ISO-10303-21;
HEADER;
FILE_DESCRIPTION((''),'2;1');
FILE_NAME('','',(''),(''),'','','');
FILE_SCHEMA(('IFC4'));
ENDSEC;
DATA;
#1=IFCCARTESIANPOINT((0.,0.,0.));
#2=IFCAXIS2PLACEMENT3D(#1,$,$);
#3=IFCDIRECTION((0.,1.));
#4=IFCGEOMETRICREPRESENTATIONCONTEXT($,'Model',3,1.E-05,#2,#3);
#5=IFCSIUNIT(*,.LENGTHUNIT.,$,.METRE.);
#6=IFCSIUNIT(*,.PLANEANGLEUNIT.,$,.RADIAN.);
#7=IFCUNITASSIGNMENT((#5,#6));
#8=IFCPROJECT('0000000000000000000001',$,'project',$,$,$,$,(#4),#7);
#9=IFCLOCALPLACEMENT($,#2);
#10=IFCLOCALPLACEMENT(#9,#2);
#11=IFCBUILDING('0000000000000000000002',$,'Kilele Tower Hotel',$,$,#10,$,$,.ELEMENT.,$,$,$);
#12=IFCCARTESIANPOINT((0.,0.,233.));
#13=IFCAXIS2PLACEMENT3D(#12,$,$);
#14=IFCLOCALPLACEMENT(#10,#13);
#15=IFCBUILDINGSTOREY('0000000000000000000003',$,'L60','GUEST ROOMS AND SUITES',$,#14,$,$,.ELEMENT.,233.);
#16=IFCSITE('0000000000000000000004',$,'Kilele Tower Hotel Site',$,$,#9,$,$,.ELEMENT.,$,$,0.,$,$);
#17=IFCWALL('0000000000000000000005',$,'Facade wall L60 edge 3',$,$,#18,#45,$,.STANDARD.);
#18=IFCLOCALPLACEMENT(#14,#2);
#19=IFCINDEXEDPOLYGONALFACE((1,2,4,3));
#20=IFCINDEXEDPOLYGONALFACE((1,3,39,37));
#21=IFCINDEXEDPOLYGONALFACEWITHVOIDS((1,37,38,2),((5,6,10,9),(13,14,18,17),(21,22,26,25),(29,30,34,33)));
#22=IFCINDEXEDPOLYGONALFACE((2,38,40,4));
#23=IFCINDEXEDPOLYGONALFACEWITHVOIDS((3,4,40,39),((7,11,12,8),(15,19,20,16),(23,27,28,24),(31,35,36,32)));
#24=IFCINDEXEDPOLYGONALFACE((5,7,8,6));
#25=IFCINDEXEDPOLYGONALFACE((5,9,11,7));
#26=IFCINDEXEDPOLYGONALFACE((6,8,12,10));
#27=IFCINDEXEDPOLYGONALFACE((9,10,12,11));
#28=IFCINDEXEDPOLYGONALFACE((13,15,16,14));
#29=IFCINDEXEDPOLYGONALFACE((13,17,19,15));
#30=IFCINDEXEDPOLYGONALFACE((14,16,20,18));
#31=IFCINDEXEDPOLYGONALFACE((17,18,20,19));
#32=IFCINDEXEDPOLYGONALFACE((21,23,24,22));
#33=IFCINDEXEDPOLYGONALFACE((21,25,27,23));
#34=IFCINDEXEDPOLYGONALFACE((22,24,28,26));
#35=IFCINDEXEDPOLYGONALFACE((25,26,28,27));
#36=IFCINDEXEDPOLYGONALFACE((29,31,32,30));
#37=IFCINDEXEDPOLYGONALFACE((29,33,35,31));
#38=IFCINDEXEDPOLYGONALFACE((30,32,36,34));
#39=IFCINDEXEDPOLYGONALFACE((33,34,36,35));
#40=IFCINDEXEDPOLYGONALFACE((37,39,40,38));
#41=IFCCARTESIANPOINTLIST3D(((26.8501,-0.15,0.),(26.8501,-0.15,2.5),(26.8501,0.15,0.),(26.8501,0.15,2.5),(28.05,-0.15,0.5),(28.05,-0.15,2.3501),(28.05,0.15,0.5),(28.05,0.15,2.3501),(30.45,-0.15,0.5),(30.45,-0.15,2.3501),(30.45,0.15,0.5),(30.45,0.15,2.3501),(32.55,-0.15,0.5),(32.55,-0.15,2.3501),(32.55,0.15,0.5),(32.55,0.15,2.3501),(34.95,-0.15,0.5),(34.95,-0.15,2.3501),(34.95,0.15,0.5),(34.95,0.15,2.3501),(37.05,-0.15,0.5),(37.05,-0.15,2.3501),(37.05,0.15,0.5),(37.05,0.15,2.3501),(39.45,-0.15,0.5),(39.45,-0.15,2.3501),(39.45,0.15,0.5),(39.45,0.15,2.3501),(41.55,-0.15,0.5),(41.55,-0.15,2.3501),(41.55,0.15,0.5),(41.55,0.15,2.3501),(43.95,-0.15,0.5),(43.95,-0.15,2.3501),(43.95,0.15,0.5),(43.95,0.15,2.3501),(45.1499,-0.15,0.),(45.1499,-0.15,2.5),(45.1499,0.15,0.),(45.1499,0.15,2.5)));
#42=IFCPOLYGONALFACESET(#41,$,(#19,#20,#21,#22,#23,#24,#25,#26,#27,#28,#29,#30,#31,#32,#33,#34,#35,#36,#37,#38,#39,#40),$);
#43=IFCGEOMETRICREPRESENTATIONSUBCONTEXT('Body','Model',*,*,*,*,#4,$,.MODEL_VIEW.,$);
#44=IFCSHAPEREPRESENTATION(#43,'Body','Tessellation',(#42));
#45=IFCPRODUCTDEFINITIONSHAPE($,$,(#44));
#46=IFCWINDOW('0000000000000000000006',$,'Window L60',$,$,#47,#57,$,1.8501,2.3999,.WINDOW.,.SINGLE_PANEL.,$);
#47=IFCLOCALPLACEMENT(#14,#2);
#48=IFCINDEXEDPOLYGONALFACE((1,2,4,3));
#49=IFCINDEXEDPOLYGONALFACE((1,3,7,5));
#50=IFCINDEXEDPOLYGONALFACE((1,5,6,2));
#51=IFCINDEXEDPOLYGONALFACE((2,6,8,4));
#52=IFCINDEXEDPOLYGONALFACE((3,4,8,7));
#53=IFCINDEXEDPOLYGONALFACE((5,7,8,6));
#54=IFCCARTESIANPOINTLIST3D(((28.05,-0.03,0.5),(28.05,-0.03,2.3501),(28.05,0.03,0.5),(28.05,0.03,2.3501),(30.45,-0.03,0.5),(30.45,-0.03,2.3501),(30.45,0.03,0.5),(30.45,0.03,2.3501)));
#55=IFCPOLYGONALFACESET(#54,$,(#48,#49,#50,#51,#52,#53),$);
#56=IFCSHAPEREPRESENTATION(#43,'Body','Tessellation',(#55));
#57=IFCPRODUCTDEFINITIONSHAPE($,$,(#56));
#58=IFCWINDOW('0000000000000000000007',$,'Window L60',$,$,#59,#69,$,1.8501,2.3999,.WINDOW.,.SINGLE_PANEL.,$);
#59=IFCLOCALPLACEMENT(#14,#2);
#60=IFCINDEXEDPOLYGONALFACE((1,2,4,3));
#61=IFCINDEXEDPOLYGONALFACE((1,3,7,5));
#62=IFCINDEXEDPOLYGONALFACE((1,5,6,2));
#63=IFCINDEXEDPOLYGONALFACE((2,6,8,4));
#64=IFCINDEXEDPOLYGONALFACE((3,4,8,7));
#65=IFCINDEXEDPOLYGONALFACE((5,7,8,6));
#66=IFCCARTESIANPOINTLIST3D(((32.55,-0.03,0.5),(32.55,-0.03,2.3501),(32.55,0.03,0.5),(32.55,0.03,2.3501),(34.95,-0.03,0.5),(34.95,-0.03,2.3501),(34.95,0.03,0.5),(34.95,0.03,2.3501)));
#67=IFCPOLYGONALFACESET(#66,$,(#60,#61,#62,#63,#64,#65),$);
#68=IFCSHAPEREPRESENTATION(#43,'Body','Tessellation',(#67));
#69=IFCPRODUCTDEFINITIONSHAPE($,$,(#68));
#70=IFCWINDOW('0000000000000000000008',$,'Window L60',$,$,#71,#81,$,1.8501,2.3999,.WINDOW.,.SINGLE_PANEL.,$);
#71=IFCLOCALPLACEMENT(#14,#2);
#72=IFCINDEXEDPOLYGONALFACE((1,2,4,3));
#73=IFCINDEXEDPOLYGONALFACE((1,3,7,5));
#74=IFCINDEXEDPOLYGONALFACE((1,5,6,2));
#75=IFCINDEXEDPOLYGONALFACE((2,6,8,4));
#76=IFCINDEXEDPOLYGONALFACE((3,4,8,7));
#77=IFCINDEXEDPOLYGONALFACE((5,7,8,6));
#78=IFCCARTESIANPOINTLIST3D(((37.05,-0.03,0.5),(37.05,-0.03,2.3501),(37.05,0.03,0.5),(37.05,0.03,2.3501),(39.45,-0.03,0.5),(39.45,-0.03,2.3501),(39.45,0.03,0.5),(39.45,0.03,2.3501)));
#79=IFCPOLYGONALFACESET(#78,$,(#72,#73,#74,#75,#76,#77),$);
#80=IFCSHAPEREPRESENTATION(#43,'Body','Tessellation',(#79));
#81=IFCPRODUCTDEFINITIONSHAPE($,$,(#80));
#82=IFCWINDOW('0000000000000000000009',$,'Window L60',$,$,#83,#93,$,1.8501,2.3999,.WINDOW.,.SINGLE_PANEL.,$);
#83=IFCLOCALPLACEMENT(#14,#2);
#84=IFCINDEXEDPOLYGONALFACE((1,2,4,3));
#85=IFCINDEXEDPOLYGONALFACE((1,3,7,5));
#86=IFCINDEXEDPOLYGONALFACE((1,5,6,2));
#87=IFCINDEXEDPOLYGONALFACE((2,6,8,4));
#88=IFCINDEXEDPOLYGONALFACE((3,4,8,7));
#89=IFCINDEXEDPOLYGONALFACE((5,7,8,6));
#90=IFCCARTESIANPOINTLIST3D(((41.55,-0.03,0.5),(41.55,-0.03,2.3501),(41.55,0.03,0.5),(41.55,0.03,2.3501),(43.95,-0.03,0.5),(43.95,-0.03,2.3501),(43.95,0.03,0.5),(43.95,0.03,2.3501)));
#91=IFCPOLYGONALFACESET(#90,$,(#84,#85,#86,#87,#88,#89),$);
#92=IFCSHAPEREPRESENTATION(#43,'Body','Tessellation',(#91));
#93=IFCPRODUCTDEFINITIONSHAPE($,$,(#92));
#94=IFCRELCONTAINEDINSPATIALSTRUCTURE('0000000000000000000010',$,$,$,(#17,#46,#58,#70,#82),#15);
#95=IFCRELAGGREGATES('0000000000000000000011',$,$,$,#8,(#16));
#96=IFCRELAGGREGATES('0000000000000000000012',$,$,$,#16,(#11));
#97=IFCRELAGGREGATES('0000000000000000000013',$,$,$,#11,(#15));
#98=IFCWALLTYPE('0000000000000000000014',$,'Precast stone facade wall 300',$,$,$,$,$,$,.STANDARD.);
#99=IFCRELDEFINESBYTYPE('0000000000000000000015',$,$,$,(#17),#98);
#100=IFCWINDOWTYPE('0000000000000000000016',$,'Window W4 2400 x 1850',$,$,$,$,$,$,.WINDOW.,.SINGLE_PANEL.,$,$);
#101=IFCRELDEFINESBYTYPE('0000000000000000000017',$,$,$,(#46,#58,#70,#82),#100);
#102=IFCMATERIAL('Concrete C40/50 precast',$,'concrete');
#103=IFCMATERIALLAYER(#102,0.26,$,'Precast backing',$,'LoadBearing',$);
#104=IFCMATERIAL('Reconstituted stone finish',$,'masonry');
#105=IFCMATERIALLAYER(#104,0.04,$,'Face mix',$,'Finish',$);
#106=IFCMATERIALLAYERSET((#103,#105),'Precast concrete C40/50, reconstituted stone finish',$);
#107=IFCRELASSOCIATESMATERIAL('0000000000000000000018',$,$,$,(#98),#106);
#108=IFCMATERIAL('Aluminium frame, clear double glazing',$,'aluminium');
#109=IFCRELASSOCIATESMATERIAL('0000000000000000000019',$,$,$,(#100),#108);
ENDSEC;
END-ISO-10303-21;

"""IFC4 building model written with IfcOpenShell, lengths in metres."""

from ifc_helpers import new_model, si_unit, direction, frame, frame_2d, origin, place, context, subcontext, project, spatial, rectangle, extrude, material, layer, layer_set, type_object, element, fill, save


model = new_model("IFC4")

# Units and contexts
model_context = context("Model", 3, precision=1e-05, world=origin(), true_north=direction((0.0, 1.0)))
body_context = subcontext(model_context, "Body", "Model", "MODEL_VIEW")
ifc_project = project(units=[si_unit("LENGTHUNIT", "METRE"), si_unit("PLANEANGLEUNIT", "RADIAN")], contexts=[model_context])

# Site, building, storey
site_placement = place(None, origin())
site = spatial("IfcSite", under=ifc_project, at=site_placement, Name="Kilele Tower Hotel Site", CompositionType="ELEMENT", RefElevation=0.0)
building_placement = place(site_placement, origin())
building = spatial("IfcBuilding", under=site, at=building_placement, Name="Kilele Tower Hotel", CompositionType="ELEMENT")
storey_placement = place(building_placement, frame((0.0, 0.0, 233.0)))
storey = spatial("IfcBuildingStorey", under=building, at=storey_placement, Name="L60", Description="GUEST ROOMS AND SUITES", CompositionType="ELEMENT", Elevation=233.0)

# Wall, openings, windows
ifc_material_1 = material(Name="Concrete C40/50 precast", Category="concrete")
ifc_layer_1 = layer(ifc_material_1, 0.26, Name="Precast backing", Category="LoadBearing")
ifc_material_2 = material(Name="Reconstituted stone finish", Category="masonry")
ifc_layer_2 = layer(ifc_material_2, 0.04, Name="Face mix", Category="Finish")
ifc_layer_set_1 = layer_set([ifc_layer_1, ifc_layer_2], Name="Precast concrete C40/50, reconstituted stone finish")
wall_type_1 = type_object("IfcWallType", Name="Precast stone facade wall 300", PredefinedType="STANDARD", material=ifc_layer_set_1)
wall_1_placement = place(storey_placement, frame((26.8501, 0.0, 0.0), z_axis=(0.0, 0.0, 1.0), x_axis=(1.0, 0.0, 0.0)))
wall_1 = element("IfcWall", 1, at=wall_1_placement, inside=storey, type_object=wall_type_1, Name="Facade wall L60 edge 3", PredefinedType="STANDARD", context=body_context, shape_type="SweptSolid", body=[
    extrude(rectangle(XDim=18.2998, YDim=0.3, at=frame_2d((9.1499, 0.0))), origin(), (0.0, 0.0, 1.0), 2.5),
])
opening_1_placement = place(wall_1_placement, frame((1.2, 0.0, 0.5)))
opening_1 = element("IfcOpeningElement", 2, at=opening_1_placement, cuts=wall_1, PredefinedType="OPENING", context=body_context, shape_type="SweptSolid", body=[
    extrude(rectangle(XDim=2.3999, YDim=1.8501, at=frame_2d((1.2, 0.925))), frame((0.0, 0.1599, 0.0), z_axis=(0.0, -1.0, 0.0), x_axis=(1.0, 0.0, 0.0)), (0.0, 0.0, 1.0), 0.3201),
])
opening_2_placement = place(wall_1_placement, frame((5.7, 0.0, 0.5)))
opening_2 = element("IfcOpeningElement", 3, at=opening_2_placement, cuts=wall_1, PredefinedType="OPENING", context=body_context, shape_type="SweptSolid", body=[
    extrude(rectangle(XDim=2.3999, YDim=1.8501, at=frame_2d((1.2, 0.925))), frame((0.0, 0.1599, 0.0), z_axis=(0.0, -1.0, 0.0), x_axis=(1.0, 0.0, 0.0)), (0.0, 0.0, 1.0), 0.3201),
])
opening_3_placement = place(wall_1_placement, frame((10.2, 0.0, 0.5)))
opening_3 = element("IfcOpeningElement", 4, at=opening_3_placement, cuts=wall_1, PredefinedType="OPENING", context=body_context, shape_type="SweptSolid", body=[
    extrude(rectangle(XDim=2.3999, YDim=1.8501, at=frame_2d((1.2, 0.925))), frame((0.0, 0.1599, 0.0), z_axis=(0.0, -1.0, 0.0), x_axis=(1.0, 0.0, 0.0)), (0.0, 0.0, 1.0), 0.3201),
])
opening_4_placement = place(wall_1_placement, frame((14.7, 0.0, 0.5)))
opening_4 = element("IfcOpeningElement", 5, at=opening_4_placement, cuts=wall_1, PredefinedType="OPENING", context=body_context, shape_type="SweptSolid", body=[
    extrude(rectangle(XDim=2.3999, YDim=1.8501, at=frame_2d((1.2, 0.925))), frame((0.0, 0.1599, 0.0), z_axis=(0.0, -1.0, 0.0), x_axis=(1.0, 0.0, 0.0)), (0.0, 0.0, 1.0), 0.3201),
])
ifc_material_3 = material(Name="Aluminium frame, clear double glazing", Category="aluminium")
window_type = type_object("IfcWindowType", Name="Window W4 2400 x 1850", PartitioningType="SINGLE_PANEL", PredefinedType="WINDOW", material=ifc_material_3)
window_1_placement = place(opening_1_placement, origin())
window_1 = element("IfcWindow", 6, at=window_1_placement, inside=storey, type_object=window_type, Name="Window L60", OverallHeight=1.8501, OverallWidth=2.3999, PartitioningType="SINGLE_PANEL", PredefinedType="WINDOW", context=body_context, shape_type="SweptSolid", body=[
    extrude(rectangle(XDim=2.3999, YDim=1.8501, at=frame_2d((1.2, 0.925))), frame((0.0, 0.03, 0.0), z_axis=(0.0, -1.0, 0.0), x_axis=(1.0, 0.0, 0.0)), (0.0, 0.0, 1.0), 0.0601),
])
fill(opening_1, window_1)
window_2_placement = place(opening_2_placement, origin())
window_2 = element("IfcWindow", 7, at=window_2_placement, inside=storey, type_object=window_type, Name="Window L60", OverallHeight=1.8501, OverallWidth=2.3999, PartitioningType="SINGLE_PANEL", PredefinedType="WINDOW", context=body_context, shape_type="SweptSolid", body=[
    extrude(rectangle(XDim=2.3999, YDim=1.8501, at=frame_2d((1.2, 0.925))), frame((0.0, 0.03, 0.0), z_axis=(0.0, -1.0, 0.0), x_axis=(1.0, 0.0, 0.0)), (0.0, 0.0, 1.0), 0.0601),
])
fill(opening_2, window_2)
window_3_placement = place(opening_3_placement, origin())
window_3 = element("IfcWindow", 8, at=window_3_placement, inside=storey, type_object=window_type, Name="Window L60", OverallHeight=1.8501, OverallWidth=2.3999, PartitioningType="SINGLE_PANEL", PredefinedType="WINDOW", context=body_context, shape_type="SweptSolid", body=[
    extrude(rectangle(XDim=2.3999, YDim=1.8501, at=frame_2d((1.2, 0.925))), frame((0.0, 0.03, 0.0), z_axis=(0.0, -1.0, 0.0), x_axis=(1.0, 0.0, 0.0)), (0.0, 0.0, 1.0), 0.0601),
])
fill(opening_3, window_3)
window_4_placement = place(opening_4_placement, origin())
window_4 = element("IfcWindow", 9, at=window_4_placement, inside=storey, type_object=window_type, Name="Window L60", OverallHeight=1.8501, OverallWidth=2.3999, PartitioningType="SINGLE_PANEL", PredefinedType="WINDOW", context=body_context, shape_type="SweptSolid", body=[
    extrude(rectangle(XDim=2.3999, YDim=1.8501, at=frame_2d((1.2, 0.925))), frame((0.0, 0.03, 0.0), z_axis=(0.0, -1.0, 0.0), x_axis=(1.0, 0.0, 0.0)), (0.0, 0.0, 1.0), 0.0601),
])
fill(opening_4, window_4)

save(model, "model.ifc")
